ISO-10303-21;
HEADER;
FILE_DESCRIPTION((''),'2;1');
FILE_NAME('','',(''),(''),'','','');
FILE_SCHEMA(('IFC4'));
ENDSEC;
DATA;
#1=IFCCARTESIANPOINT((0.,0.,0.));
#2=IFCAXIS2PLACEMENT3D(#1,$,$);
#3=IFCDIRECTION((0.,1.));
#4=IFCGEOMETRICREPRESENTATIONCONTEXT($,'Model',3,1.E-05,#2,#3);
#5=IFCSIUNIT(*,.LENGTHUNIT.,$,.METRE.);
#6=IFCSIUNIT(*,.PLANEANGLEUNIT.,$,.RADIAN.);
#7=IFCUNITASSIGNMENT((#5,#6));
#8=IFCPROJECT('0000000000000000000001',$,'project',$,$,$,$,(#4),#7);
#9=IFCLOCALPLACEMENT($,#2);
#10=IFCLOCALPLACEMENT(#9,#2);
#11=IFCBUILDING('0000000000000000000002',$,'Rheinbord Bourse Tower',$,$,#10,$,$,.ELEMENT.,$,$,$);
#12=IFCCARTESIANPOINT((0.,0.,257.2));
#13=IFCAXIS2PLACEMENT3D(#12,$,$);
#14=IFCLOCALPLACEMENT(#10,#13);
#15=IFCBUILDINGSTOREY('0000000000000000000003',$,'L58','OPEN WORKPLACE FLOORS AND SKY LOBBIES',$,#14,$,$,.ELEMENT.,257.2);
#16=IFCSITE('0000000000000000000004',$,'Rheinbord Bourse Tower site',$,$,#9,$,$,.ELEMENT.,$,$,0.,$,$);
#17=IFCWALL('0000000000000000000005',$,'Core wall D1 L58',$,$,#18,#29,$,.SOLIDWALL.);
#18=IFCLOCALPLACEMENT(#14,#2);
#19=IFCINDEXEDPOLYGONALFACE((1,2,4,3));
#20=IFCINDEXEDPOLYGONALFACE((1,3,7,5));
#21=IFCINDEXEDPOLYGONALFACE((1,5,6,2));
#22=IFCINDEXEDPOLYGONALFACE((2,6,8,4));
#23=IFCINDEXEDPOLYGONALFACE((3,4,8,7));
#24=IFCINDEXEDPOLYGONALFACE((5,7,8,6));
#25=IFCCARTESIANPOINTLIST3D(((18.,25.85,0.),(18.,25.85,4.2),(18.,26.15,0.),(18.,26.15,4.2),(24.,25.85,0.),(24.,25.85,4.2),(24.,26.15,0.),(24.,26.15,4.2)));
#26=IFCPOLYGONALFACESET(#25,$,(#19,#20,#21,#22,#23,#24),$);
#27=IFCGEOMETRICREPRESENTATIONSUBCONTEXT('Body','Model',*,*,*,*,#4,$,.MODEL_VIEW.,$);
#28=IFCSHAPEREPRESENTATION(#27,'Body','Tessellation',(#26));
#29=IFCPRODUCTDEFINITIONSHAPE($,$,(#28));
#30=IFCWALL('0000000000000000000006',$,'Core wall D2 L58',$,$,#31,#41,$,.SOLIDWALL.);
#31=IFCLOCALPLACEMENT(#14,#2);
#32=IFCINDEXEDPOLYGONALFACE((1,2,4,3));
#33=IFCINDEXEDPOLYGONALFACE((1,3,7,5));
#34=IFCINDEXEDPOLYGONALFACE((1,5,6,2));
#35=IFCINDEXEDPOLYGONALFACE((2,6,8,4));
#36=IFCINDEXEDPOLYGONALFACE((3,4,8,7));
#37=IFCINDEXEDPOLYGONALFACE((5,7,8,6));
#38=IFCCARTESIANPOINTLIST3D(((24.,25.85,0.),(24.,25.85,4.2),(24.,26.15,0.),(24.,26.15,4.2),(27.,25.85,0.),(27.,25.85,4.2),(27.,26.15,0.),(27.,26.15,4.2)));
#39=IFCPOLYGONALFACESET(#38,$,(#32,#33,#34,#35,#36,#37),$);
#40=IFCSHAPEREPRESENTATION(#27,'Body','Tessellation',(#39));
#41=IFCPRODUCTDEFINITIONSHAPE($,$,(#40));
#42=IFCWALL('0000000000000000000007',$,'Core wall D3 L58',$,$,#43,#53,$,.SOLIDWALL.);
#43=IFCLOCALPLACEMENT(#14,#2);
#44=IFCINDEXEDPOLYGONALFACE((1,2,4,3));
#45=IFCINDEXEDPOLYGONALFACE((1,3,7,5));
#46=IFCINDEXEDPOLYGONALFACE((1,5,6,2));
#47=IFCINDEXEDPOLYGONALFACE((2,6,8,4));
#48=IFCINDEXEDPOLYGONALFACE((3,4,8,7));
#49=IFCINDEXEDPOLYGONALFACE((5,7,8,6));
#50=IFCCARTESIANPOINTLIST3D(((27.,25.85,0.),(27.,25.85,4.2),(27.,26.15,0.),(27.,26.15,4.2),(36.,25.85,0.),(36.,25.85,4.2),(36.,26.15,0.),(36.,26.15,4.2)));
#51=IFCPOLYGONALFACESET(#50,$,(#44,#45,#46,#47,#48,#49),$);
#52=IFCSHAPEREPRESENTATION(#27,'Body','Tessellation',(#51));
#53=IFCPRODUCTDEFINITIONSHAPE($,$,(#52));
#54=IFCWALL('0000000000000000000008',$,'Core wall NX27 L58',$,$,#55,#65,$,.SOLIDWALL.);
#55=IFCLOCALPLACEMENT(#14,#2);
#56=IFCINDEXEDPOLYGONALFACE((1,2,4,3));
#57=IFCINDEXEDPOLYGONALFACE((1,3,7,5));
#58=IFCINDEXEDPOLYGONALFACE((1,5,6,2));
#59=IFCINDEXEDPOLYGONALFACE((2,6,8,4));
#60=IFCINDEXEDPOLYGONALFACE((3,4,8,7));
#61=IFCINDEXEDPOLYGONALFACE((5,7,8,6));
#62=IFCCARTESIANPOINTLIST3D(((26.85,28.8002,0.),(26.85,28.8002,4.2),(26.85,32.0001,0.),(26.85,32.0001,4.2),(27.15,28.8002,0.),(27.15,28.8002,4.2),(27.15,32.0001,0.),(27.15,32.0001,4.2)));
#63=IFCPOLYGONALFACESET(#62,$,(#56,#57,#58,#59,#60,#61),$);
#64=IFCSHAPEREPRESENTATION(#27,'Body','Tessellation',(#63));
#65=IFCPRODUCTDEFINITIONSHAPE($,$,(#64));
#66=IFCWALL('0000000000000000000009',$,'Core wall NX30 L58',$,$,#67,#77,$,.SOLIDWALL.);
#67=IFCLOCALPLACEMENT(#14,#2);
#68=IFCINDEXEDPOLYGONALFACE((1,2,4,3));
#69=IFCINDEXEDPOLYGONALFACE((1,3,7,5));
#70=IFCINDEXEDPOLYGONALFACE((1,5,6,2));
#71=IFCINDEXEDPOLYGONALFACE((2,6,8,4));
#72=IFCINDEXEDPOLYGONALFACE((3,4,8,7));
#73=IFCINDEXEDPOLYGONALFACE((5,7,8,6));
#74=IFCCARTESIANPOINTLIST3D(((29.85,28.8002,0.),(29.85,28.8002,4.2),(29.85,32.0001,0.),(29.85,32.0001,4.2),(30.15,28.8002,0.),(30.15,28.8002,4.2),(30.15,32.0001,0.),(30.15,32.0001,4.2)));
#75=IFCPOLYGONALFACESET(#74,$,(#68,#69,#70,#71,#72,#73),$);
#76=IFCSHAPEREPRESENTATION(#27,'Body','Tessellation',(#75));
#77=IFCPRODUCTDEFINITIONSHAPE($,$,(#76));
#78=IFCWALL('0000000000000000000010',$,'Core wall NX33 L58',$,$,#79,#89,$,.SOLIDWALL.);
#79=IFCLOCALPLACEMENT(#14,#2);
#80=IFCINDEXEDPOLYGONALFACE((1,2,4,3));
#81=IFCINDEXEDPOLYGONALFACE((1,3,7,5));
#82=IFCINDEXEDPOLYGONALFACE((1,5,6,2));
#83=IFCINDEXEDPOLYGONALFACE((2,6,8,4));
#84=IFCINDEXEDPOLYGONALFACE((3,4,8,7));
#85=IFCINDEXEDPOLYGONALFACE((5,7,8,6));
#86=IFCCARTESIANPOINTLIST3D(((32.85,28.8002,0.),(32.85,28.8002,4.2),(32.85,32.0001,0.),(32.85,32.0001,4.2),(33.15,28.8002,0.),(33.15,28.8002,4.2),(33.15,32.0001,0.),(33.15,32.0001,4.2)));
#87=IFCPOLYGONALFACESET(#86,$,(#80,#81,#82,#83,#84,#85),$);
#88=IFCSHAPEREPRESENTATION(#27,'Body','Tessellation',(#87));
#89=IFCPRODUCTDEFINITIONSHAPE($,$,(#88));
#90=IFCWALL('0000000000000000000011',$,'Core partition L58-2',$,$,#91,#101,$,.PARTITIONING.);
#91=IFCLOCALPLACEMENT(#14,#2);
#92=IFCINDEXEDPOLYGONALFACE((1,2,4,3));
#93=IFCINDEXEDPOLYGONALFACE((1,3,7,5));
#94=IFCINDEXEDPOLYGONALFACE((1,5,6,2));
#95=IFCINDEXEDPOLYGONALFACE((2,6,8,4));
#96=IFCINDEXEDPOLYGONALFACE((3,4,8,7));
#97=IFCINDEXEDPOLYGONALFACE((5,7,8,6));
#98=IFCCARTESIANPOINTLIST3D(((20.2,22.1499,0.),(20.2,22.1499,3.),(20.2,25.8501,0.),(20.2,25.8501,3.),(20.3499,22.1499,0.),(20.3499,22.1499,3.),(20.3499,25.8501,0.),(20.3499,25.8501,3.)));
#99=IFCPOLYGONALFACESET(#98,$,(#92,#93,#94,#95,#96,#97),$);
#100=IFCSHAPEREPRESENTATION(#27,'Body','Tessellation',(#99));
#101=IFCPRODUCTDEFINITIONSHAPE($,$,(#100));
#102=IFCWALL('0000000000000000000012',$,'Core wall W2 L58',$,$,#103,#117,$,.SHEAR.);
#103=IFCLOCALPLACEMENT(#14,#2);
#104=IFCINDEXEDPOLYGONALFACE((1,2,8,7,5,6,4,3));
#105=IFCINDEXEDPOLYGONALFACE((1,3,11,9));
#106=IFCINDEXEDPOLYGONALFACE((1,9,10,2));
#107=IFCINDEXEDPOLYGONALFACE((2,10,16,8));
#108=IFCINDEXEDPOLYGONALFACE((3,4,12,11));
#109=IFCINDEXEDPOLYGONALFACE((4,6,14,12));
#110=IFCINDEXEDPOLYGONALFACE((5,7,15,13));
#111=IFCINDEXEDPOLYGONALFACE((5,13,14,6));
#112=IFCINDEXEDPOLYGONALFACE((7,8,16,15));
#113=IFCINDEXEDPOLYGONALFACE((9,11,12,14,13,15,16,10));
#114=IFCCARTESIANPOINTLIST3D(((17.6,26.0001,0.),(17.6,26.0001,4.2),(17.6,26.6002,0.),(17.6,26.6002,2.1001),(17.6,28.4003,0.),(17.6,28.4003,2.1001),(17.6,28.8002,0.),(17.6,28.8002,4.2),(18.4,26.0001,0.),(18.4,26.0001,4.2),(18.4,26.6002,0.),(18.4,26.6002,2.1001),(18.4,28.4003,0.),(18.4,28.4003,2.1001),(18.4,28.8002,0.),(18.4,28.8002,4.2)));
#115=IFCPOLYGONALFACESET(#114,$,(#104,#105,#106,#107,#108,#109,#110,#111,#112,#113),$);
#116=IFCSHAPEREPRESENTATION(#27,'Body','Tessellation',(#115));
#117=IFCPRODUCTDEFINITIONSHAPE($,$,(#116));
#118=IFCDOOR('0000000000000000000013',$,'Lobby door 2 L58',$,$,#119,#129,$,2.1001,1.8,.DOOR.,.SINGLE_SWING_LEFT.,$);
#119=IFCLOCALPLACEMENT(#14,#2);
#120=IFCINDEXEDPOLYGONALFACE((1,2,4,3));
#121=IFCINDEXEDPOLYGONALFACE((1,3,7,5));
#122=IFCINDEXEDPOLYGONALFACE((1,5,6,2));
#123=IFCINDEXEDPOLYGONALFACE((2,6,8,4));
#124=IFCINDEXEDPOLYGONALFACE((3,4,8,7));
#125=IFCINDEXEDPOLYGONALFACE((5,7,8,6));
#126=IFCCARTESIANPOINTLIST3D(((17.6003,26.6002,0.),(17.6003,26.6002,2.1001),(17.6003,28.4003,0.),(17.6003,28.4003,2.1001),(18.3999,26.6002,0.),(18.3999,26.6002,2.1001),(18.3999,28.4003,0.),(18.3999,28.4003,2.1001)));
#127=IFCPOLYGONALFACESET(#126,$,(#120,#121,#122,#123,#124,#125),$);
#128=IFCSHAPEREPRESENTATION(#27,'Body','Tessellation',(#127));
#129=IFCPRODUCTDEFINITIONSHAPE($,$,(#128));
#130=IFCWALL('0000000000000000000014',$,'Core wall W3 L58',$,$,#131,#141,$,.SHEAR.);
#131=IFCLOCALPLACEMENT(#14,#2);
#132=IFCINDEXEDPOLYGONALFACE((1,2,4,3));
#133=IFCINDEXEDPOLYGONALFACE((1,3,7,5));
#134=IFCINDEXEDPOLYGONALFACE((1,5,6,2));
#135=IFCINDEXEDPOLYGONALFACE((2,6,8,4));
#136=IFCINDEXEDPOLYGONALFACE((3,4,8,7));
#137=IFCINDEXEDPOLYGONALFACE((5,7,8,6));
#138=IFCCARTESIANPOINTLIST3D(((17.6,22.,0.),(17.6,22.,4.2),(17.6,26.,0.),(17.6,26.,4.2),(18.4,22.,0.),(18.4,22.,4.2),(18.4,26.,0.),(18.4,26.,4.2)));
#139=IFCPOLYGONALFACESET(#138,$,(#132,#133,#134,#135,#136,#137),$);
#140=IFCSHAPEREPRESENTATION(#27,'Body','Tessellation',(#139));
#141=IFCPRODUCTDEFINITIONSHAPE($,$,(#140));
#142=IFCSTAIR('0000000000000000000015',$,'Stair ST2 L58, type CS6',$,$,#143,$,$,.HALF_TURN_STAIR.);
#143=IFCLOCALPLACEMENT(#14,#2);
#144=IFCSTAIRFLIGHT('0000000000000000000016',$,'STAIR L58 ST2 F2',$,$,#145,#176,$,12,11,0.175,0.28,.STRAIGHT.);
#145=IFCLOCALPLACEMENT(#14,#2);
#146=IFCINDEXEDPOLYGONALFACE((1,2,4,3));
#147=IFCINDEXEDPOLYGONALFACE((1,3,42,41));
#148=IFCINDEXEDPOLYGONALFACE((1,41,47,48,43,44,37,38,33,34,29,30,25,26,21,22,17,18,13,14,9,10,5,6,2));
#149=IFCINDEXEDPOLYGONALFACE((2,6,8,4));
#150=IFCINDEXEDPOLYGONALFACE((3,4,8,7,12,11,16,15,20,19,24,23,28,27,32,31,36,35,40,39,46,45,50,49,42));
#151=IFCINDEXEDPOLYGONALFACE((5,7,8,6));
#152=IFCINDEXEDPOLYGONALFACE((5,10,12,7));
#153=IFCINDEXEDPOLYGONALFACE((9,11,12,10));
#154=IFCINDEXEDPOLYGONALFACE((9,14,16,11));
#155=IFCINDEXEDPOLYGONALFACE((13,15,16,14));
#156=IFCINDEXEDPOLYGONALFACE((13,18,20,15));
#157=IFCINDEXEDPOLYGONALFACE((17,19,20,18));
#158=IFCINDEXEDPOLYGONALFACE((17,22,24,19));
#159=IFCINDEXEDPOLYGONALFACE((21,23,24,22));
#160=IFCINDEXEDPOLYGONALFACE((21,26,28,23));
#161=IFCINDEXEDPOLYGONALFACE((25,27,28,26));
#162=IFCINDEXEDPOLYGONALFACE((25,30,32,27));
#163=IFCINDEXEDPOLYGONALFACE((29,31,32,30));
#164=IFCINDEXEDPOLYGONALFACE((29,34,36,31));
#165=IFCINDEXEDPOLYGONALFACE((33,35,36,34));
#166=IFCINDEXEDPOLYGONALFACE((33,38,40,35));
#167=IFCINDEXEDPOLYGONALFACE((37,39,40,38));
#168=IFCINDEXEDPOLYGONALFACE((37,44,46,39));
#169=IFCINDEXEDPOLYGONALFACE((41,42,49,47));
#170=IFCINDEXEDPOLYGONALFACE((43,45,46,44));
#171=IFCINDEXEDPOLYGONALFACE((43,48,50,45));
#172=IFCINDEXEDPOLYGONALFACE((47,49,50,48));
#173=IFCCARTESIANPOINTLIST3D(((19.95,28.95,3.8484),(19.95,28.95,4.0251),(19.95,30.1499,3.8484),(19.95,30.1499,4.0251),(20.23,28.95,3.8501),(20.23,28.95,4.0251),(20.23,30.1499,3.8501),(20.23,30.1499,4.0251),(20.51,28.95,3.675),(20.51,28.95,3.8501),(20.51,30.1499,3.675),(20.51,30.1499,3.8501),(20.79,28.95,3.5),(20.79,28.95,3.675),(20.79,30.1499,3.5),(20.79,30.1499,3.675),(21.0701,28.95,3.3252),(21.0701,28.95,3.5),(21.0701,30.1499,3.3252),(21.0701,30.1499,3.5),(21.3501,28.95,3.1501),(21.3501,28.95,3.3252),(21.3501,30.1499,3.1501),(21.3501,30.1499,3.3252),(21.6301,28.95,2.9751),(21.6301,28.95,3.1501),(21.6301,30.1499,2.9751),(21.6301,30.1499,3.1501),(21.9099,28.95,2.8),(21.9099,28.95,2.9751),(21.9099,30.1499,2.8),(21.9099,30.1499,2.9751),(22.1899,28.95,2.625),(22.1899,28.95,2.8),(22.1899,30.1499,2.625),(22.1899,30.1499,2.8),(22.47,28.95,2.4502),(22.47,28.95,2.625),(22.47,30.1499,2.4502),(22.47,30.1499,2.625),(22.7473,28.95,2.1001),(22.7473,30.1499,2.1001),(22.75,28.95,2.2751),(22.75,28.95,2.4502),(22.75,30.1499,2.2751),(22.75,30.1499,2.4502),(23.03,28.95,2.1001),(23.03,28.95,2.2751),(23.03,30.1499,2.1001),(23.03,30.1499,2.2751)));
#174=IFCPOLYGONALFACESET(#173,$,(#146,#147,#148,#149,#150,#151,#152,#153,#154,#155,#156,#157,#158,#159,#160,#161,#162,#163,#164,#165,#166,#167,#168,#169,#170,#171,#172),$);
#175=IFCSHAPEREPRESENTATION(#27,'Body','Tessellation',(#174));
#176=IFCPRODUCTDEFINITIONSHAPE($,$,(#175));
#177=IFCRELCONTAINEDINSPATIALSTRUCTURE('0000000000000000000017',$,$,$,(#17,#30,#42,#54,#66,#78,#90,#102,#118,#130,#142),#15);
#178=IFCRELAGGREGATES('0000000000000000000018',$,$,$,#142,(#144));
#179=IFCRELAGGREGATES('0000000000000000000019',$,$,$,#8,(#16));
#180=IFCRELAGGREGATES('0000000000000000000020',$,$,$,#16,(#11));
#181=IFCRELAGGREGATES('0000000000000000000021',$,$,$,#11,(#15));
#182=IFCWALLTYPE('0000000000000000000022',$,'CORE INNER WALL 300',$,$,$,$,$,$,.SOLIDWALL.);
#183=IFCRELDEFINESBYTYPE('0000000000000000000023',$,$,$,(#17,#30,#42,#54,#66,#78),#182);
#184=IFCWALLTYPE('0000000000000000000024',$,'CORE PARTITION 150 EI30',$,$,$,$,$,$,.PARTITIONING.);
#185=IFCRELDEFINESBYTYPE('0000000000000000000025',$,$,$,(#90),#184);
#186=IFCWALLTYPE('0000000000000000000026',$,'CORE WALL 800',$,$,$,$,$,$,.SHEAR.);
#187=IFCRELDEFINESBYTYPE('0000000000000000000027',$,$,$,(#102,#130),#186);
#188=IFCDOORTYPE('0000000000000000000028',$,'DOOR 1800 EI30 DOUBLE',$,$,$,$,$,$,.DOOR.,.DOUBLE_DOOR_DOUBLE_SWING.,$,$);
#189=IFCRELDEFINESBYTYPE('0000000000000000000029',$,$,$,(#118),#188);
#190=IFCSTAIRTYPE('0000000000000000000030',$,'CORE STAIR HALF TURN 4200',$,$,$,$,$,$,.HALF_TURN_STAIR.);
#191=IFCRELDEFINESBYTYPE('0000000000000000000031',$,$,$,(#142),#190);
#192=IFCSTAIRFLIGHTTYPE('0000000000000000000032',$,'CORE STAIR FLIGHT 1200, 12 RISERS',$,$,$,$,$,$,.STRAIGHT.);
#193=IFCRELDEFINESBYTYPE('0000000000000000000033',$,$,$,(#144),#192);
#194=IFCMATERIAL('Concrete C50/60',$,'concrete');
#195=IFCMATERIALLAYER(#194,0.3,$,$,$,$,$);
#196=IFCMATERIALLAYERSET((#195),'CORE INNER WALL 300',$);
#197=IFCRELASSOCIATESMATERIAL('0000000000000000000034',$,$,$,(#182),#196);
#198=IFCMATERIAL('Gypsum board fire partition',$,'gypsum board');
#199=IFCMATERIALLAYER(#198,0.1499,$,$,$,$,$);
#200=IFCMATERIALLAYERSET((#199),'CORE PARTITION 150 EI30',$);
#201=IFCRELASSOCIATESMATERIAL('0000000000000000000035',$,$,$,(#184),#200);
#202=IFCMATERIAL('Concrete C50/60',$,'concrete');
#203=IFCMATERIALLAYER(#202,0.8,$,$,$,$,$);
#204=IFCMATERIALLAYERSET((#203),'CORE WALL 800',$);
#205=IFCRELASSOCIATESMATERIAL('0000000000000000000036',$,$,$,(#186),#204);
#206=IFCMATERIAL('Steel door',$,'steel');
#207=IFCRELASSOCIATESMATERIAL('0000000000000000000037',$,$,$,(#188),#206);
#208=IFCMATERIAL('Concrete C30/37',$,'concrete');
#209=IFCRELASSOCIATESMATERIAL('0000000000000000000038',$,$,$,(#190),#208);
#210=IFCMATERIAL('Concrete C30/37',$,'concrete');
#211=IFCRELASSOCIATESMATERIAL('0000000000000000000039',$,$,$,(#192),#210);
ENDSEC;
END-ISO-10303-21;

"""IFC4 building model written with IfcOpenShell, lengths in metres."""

from ifc_helpers import new_model, si_unit, direction, frame, frame_2d, origin, place, context, subcontext, project, spatial, polyline, rectangle, outline, extrude, material, layer, layer_set, type_object, element, fill, aggregate, save


model = new_model("IFC4")

# Units and contexts
model_context = context("Model", 3, precision=1e-05, world=origin(), true_north=direction((0.0, 1.0)))
body_context = subcontext(model_context, "Body", "Model", "MODEL_VIEW")
ifc_project = project(units=[si_unit("LENGTHUNIT", "METRE"), si_unit("PLANEANGLEUNIT", "RADIAN")], contexts=[model_context])

# Site, building, storey
site_placement = place(None, origin())
site = spatial("IfcSite", under=ifc_project, at=site_placement, Name="Rheinbord Bourse Tower site", CompositionType="ELEMENT", RefElevation=0.0)
building_placement = place(site_placement, origin())
building = spatial("IfcBuilding", under=site, at=building_placement, Name="Rheinbord Bourse Tower", CompositionType="ELEMENT")
storey_placement = place(building_placement, frame((0.0, 0.0, 257.2)))
storey = spatial("IfcBuildingStorey", under=building, at=storey_placement, Name="L58", Description="OPEN WORKPLACE FLOORS AND SKY LOBBIES", CompositionType="ELEMENT", Elevation=257.2)

# Shared definitions
ifc_material_1 = material(Name="Concrete C50/60", Category="concrete")
ifc_layer_1 = layer(ifc_material_1, 0.3)
ifc_layer_set_1 = layer_set([ifc_layer_1], Name="CORE INNER WALL 300")
wall_type_1 = type_object("IfcWallType", Name="CORE INNER WALL 300", PredefinedType="SOLIDWALL", material=ifc_layer_set_1)

# Walls
wall_1_placement = place(storey_placement, frame((18.0, 26.0, 0.0), z_axis=(0.0, 0.0, 1.0), x_axis=(1.0, 0.0, 0.0)))
element("IfcWall", 1, at=wall_1_placement, inside=storey, type_object=wall_type_1, Name="Core wall D1 L58", PredefinedType="SOLIDWALL", context=body_context, shape_type="SweptSolid", body=[
    extrude(rectangle(XDim=6.0, YDim=0.3, at=frame_2d((3.0, 0.0))), origin(), (0.0, 0.0, 1.0), 4.2),
])
wall_2_placement = place(storey_placement, frame((24.0, 26.0, 0.0), z_axis=(0.0, 0.0, 1.0), x_axis=(1.0, 0.0, 0.0)))
element("IfcWall", 2, at=wall_2_placement, inside=storey, type_object=wall_type_1, Name="Core wall D2 L58", PredefinedType="SOLIDWALL", context=body_context, shape_type="SweptSolid", body=[
    extrude(rectangle(XDim=3.0, YDim=0.3, at=frame_2d((1.5, 0.0))), origin(), (0.0, 0.0, 1.0), 4.2),
])
wall_3_placement = place(storey_placement, frame((27.0, 26.0, 0.0), z_axis=(0.0, 0.0, 1.0), x_axis=(1.0, 0.0, 0.0)))
element("IfcWall", 3, at=wall_3_placement, inside=storey, type_object=wall_type_1, Name="Core wall D3 L58", PredefinedType="SOLIDWALL", context=body_context, shape_type="SweptSolid", body=[
    extrude(rectangle(XDim=9.0, YDim=0.3, at=frame_2d((4.5, 0.0))), origin(), (0.0, 0.0, 1.0), 4.2),
])
for number, where, z_axis, x_axis, name in (
    (4, (27.0, 28.8, 0.0), (0.0, 0.0, 1.0), (0.0, 1.0, 0.0), "Core wall NX27 L58"),
    (5, (30.0, 28.8, 0.0), (0.0, 0.0, 1.0), (0.0, 1.0, 0.0), "Core wall NX30 L58"),
    (6, (33.0, 28.8, 0.0), (0.0, 0.0, 1.0), (0.0, 1.0, 0.0), "Core wall NX33 L58"),
):
    element("IfcWall", number, at=place(storey_placement, frame(where, z_axis=z_axis, x_axis=x_axis)), inside=storey, type_object=wall_type_1, Name=name, PredefinedType="SOLIDWALL", context=body_context, shape_type="SweptSolid", body=[
        extrude(rectangle(XDim=3.2, YDim=0.3, at=frame_2d((1.6001, 0.0))), origin(), (0.0, 0.0, 1.0), 4.2),
    ])
ifc_material_2 = material(Name="Gypsum board fire partition", Category="gypsum board")
ifc_layer_2 = layer(ifc_material_2, 0.1499)
ifc_layer_set_2 = layer_set([ifc_layer_2], Name="CORE PARTITION 150 EI30")
wall_type_2 = type_object("IfcWallType", Name="CORE PARTITION 150 EI30", PredefinedType="PARTITIONING", material=ifc_layer_set_2)
wall_4_placement = place(storey_placement, frame((20.2749, 22.1499, 0.0), z_axis=(0.0, 0.0, 1.0), x_axis=(0.0, 1.0, 0.0)))
element("IfcWall", 7, at=wall_4_placement, inside=storey, type_object=wall_type_2, Name="Core partition L58-2", PredefinedType="PARTITIONING", context=body_context, shape_type="SweptSolid", body=[
    extrude(rectangle(XDim=3.7002, YDim=0.1499, at=frame_2d((1.8501, 0.0))), origin(), (0.0, 0.0, 1.0), 3.0),
])

# Wall, opening, door
ifc_material_3 = material(Name="Concrete C50/60", Category="concrete")
ifc_layer_3 = layer(ifc_material_3, 0.8)
ifc_layer_set_3 = layer_set([ifc_layer_3], Name="CORE WALL 800")
wall_type_3 = type_object("IfcWallType", Name="CORE WALL 800", PredefinedType="SHEAR", material=ifc_layer_set_3)
wall_5_placement = place(storey_placement, frame((18.0, 28.8, 0.0), z_axis=(0.0, 0.0, 1.0), x_axis=(0.0, -1.0, 0.0)))
wall_5 = element("IfcWall", 8, at=wall_5_placement, inside=storey, type_object=wall_type_3, Name="Core wall W2 L58", PredefinedType="SHEAR", context=body_context, shape_type="SweptSolid", body=[
    extrude(rectangle(XDim=2.8, YDim=0.8, at=frame_2d((1.3999, 0.0))), origin(), (0.0, 0.0, 1.0), 4.2),
])
opening_1_placement = place(wall_5_placement, frame((0.3999, 0.0, 0.0)))
opening_1 = element("IfcOpeningElement", 9, at=opening_1_placement, cuts=wall_5, PredefinedType="OPENING", context=body_context, shape_type="SweptSolid", body=[
    extrude(rectangle(XDim=1.8, YDim=2.1001, at=frame_2d((0.8999, 1.05))), frame((0.0, 0.4099, 0.0), z_axis=(0.0, -1.0, 0.0), x_axis=(1.0, 0.0, 0.0)), (0.0, 0.0, 1.0), 0.8201),
])
ifc_material_4 = material(Name="Steel door", Category="steel")
door_type_1 = type_object("IfcDoorType", Name="DOOR 1800 EI30 DOUBLE", OperationType="DOUBLE_DOOR_DOUBLE_SWING", PredefinedType="DOOR", material=ifc_material_4)
door_1_placement = place(opening_1_placement, origin())
door_1 = element("IfcDoor", 10, at=door_1_placement, inside=storey, type_object=door_type_1, Name="Lobby door 2 L58", OperationType="SINGLE_SWING_LEFT", OverallHeight=2.1001, OverallWidth=1.8, PredefinedType="DOOR", context=body_context, shape_type="SweptSolid", body=[
    extrude(rectangle(XDim=1.8, YDim=2.1001, at=frame_2d((0.8999, 1.05))), frame((0.0, 0.3999, 0.0), z_axis=(0.0, -1.0, 0.0), x_axis=(1.0, 0.0, 0.0)), (0.0, 0.0, 1.0), 0.7996),
])
fill(opening_1, door_1)

# Wall
wall_6_placement = place(storey_placement, frame((18.0, 26.0, 0.0), z_axis=(0.0, 0.0, 1.0), x_axis=(0.0, -1.0, 0.0)))
element("IfcWall", 11, at=wall_6_placement, inside=storey, type_object=wall_type_3, Name="Core wall W3 L58", PredefinedType="SHEAR", context=body_context, shape_type="SweptSolid", body=[
    extrude(rectangle(XDim=4.0, YDim=0.8, at=frame_2d((2.0, 0.0))), origin(), (0.0, 0.0, 1.0), 4.2),
])

# Stair, stair flight
ifc_material_5 = material(Name="Concrete C30/37", Category="concrete")
stair_type = type_object("IfcStairType", Name="CORE STAIR HALF TURN 4200", PredefinedType="HALF_TURN_STAIR", material=ifc_material_5)
stair_placement = place(storey_placement, origin())
stair = element("IfcStair", 12, at=stair_placement, inside=storey, type_object=stair_type, Name="Stair ST2 L58, type CS6", PredefinedType="HALF_TURN_STAIR")
ifc_material_6 = material(Name="Concrete C30/37", Category="concrete")
stair_flight_type = type_object("IfcStairFlightType", Name="CORE STAIR FLIGHT 1200, 12 RISERS", PredefinedType="STRAIGHT", material=ifc_material_6)
stair_flight_placement = place(storey_placement, frame((23.03, 29.55, 2.1001), z_axis=(0.0, 0.0, 1.0), x_axis=(-1.0, 0.0, 0.0)))
stair_flight = element("IfcStairFlight", 13, at=stair_flight_placement, type_object=stair_flight_type, Name="STAIR L58 ST2 F2", NumberOfRisers=12, NumberOfTreads=11, PredefinedType="STRAIGHT", RiserHeight=0.175, TreadLength=0.28, context=body_context, shape_type="SweptSolid", body=[
    extrude(outline(polyline([(0.0, 0.0), (0.0, 0.175), (0.28, 0.175), (0.28, 0.3501), (0.5601, 0.3501), (0.5601, 0.5249), (0.8401, 0.5249), (0.8401, 0.7), (1.1201, 0.7), (1.1201, 0.875), (1.3999, 0.875), (1.3999, 1.05), (1.6799, 1.05), (1.6799, 1.2251), (1.96, 1.2251), (1.96, 1.3999), (2.24, 1.3999), (2.24, 1.575), (2.52, 1.575), (2.52, 1.75), (2.8, 1.75), (2.8, 1.925), (3.0801, 1.925), (3.0801, 2.1001), (3.0801, 1.7483), (0.2827, 0.0), (0.0, 0.0)])), frame((0.0, 0.6001, 0.0), z_axis=(0.0, -1.0, 0.0), x_axis=(1.0, 0.0, 0.0)), (0.0, 0.0, 1.0), 1.2),
])
aggregate(stair, [stair_flight])

save(model, "model.ifc")
